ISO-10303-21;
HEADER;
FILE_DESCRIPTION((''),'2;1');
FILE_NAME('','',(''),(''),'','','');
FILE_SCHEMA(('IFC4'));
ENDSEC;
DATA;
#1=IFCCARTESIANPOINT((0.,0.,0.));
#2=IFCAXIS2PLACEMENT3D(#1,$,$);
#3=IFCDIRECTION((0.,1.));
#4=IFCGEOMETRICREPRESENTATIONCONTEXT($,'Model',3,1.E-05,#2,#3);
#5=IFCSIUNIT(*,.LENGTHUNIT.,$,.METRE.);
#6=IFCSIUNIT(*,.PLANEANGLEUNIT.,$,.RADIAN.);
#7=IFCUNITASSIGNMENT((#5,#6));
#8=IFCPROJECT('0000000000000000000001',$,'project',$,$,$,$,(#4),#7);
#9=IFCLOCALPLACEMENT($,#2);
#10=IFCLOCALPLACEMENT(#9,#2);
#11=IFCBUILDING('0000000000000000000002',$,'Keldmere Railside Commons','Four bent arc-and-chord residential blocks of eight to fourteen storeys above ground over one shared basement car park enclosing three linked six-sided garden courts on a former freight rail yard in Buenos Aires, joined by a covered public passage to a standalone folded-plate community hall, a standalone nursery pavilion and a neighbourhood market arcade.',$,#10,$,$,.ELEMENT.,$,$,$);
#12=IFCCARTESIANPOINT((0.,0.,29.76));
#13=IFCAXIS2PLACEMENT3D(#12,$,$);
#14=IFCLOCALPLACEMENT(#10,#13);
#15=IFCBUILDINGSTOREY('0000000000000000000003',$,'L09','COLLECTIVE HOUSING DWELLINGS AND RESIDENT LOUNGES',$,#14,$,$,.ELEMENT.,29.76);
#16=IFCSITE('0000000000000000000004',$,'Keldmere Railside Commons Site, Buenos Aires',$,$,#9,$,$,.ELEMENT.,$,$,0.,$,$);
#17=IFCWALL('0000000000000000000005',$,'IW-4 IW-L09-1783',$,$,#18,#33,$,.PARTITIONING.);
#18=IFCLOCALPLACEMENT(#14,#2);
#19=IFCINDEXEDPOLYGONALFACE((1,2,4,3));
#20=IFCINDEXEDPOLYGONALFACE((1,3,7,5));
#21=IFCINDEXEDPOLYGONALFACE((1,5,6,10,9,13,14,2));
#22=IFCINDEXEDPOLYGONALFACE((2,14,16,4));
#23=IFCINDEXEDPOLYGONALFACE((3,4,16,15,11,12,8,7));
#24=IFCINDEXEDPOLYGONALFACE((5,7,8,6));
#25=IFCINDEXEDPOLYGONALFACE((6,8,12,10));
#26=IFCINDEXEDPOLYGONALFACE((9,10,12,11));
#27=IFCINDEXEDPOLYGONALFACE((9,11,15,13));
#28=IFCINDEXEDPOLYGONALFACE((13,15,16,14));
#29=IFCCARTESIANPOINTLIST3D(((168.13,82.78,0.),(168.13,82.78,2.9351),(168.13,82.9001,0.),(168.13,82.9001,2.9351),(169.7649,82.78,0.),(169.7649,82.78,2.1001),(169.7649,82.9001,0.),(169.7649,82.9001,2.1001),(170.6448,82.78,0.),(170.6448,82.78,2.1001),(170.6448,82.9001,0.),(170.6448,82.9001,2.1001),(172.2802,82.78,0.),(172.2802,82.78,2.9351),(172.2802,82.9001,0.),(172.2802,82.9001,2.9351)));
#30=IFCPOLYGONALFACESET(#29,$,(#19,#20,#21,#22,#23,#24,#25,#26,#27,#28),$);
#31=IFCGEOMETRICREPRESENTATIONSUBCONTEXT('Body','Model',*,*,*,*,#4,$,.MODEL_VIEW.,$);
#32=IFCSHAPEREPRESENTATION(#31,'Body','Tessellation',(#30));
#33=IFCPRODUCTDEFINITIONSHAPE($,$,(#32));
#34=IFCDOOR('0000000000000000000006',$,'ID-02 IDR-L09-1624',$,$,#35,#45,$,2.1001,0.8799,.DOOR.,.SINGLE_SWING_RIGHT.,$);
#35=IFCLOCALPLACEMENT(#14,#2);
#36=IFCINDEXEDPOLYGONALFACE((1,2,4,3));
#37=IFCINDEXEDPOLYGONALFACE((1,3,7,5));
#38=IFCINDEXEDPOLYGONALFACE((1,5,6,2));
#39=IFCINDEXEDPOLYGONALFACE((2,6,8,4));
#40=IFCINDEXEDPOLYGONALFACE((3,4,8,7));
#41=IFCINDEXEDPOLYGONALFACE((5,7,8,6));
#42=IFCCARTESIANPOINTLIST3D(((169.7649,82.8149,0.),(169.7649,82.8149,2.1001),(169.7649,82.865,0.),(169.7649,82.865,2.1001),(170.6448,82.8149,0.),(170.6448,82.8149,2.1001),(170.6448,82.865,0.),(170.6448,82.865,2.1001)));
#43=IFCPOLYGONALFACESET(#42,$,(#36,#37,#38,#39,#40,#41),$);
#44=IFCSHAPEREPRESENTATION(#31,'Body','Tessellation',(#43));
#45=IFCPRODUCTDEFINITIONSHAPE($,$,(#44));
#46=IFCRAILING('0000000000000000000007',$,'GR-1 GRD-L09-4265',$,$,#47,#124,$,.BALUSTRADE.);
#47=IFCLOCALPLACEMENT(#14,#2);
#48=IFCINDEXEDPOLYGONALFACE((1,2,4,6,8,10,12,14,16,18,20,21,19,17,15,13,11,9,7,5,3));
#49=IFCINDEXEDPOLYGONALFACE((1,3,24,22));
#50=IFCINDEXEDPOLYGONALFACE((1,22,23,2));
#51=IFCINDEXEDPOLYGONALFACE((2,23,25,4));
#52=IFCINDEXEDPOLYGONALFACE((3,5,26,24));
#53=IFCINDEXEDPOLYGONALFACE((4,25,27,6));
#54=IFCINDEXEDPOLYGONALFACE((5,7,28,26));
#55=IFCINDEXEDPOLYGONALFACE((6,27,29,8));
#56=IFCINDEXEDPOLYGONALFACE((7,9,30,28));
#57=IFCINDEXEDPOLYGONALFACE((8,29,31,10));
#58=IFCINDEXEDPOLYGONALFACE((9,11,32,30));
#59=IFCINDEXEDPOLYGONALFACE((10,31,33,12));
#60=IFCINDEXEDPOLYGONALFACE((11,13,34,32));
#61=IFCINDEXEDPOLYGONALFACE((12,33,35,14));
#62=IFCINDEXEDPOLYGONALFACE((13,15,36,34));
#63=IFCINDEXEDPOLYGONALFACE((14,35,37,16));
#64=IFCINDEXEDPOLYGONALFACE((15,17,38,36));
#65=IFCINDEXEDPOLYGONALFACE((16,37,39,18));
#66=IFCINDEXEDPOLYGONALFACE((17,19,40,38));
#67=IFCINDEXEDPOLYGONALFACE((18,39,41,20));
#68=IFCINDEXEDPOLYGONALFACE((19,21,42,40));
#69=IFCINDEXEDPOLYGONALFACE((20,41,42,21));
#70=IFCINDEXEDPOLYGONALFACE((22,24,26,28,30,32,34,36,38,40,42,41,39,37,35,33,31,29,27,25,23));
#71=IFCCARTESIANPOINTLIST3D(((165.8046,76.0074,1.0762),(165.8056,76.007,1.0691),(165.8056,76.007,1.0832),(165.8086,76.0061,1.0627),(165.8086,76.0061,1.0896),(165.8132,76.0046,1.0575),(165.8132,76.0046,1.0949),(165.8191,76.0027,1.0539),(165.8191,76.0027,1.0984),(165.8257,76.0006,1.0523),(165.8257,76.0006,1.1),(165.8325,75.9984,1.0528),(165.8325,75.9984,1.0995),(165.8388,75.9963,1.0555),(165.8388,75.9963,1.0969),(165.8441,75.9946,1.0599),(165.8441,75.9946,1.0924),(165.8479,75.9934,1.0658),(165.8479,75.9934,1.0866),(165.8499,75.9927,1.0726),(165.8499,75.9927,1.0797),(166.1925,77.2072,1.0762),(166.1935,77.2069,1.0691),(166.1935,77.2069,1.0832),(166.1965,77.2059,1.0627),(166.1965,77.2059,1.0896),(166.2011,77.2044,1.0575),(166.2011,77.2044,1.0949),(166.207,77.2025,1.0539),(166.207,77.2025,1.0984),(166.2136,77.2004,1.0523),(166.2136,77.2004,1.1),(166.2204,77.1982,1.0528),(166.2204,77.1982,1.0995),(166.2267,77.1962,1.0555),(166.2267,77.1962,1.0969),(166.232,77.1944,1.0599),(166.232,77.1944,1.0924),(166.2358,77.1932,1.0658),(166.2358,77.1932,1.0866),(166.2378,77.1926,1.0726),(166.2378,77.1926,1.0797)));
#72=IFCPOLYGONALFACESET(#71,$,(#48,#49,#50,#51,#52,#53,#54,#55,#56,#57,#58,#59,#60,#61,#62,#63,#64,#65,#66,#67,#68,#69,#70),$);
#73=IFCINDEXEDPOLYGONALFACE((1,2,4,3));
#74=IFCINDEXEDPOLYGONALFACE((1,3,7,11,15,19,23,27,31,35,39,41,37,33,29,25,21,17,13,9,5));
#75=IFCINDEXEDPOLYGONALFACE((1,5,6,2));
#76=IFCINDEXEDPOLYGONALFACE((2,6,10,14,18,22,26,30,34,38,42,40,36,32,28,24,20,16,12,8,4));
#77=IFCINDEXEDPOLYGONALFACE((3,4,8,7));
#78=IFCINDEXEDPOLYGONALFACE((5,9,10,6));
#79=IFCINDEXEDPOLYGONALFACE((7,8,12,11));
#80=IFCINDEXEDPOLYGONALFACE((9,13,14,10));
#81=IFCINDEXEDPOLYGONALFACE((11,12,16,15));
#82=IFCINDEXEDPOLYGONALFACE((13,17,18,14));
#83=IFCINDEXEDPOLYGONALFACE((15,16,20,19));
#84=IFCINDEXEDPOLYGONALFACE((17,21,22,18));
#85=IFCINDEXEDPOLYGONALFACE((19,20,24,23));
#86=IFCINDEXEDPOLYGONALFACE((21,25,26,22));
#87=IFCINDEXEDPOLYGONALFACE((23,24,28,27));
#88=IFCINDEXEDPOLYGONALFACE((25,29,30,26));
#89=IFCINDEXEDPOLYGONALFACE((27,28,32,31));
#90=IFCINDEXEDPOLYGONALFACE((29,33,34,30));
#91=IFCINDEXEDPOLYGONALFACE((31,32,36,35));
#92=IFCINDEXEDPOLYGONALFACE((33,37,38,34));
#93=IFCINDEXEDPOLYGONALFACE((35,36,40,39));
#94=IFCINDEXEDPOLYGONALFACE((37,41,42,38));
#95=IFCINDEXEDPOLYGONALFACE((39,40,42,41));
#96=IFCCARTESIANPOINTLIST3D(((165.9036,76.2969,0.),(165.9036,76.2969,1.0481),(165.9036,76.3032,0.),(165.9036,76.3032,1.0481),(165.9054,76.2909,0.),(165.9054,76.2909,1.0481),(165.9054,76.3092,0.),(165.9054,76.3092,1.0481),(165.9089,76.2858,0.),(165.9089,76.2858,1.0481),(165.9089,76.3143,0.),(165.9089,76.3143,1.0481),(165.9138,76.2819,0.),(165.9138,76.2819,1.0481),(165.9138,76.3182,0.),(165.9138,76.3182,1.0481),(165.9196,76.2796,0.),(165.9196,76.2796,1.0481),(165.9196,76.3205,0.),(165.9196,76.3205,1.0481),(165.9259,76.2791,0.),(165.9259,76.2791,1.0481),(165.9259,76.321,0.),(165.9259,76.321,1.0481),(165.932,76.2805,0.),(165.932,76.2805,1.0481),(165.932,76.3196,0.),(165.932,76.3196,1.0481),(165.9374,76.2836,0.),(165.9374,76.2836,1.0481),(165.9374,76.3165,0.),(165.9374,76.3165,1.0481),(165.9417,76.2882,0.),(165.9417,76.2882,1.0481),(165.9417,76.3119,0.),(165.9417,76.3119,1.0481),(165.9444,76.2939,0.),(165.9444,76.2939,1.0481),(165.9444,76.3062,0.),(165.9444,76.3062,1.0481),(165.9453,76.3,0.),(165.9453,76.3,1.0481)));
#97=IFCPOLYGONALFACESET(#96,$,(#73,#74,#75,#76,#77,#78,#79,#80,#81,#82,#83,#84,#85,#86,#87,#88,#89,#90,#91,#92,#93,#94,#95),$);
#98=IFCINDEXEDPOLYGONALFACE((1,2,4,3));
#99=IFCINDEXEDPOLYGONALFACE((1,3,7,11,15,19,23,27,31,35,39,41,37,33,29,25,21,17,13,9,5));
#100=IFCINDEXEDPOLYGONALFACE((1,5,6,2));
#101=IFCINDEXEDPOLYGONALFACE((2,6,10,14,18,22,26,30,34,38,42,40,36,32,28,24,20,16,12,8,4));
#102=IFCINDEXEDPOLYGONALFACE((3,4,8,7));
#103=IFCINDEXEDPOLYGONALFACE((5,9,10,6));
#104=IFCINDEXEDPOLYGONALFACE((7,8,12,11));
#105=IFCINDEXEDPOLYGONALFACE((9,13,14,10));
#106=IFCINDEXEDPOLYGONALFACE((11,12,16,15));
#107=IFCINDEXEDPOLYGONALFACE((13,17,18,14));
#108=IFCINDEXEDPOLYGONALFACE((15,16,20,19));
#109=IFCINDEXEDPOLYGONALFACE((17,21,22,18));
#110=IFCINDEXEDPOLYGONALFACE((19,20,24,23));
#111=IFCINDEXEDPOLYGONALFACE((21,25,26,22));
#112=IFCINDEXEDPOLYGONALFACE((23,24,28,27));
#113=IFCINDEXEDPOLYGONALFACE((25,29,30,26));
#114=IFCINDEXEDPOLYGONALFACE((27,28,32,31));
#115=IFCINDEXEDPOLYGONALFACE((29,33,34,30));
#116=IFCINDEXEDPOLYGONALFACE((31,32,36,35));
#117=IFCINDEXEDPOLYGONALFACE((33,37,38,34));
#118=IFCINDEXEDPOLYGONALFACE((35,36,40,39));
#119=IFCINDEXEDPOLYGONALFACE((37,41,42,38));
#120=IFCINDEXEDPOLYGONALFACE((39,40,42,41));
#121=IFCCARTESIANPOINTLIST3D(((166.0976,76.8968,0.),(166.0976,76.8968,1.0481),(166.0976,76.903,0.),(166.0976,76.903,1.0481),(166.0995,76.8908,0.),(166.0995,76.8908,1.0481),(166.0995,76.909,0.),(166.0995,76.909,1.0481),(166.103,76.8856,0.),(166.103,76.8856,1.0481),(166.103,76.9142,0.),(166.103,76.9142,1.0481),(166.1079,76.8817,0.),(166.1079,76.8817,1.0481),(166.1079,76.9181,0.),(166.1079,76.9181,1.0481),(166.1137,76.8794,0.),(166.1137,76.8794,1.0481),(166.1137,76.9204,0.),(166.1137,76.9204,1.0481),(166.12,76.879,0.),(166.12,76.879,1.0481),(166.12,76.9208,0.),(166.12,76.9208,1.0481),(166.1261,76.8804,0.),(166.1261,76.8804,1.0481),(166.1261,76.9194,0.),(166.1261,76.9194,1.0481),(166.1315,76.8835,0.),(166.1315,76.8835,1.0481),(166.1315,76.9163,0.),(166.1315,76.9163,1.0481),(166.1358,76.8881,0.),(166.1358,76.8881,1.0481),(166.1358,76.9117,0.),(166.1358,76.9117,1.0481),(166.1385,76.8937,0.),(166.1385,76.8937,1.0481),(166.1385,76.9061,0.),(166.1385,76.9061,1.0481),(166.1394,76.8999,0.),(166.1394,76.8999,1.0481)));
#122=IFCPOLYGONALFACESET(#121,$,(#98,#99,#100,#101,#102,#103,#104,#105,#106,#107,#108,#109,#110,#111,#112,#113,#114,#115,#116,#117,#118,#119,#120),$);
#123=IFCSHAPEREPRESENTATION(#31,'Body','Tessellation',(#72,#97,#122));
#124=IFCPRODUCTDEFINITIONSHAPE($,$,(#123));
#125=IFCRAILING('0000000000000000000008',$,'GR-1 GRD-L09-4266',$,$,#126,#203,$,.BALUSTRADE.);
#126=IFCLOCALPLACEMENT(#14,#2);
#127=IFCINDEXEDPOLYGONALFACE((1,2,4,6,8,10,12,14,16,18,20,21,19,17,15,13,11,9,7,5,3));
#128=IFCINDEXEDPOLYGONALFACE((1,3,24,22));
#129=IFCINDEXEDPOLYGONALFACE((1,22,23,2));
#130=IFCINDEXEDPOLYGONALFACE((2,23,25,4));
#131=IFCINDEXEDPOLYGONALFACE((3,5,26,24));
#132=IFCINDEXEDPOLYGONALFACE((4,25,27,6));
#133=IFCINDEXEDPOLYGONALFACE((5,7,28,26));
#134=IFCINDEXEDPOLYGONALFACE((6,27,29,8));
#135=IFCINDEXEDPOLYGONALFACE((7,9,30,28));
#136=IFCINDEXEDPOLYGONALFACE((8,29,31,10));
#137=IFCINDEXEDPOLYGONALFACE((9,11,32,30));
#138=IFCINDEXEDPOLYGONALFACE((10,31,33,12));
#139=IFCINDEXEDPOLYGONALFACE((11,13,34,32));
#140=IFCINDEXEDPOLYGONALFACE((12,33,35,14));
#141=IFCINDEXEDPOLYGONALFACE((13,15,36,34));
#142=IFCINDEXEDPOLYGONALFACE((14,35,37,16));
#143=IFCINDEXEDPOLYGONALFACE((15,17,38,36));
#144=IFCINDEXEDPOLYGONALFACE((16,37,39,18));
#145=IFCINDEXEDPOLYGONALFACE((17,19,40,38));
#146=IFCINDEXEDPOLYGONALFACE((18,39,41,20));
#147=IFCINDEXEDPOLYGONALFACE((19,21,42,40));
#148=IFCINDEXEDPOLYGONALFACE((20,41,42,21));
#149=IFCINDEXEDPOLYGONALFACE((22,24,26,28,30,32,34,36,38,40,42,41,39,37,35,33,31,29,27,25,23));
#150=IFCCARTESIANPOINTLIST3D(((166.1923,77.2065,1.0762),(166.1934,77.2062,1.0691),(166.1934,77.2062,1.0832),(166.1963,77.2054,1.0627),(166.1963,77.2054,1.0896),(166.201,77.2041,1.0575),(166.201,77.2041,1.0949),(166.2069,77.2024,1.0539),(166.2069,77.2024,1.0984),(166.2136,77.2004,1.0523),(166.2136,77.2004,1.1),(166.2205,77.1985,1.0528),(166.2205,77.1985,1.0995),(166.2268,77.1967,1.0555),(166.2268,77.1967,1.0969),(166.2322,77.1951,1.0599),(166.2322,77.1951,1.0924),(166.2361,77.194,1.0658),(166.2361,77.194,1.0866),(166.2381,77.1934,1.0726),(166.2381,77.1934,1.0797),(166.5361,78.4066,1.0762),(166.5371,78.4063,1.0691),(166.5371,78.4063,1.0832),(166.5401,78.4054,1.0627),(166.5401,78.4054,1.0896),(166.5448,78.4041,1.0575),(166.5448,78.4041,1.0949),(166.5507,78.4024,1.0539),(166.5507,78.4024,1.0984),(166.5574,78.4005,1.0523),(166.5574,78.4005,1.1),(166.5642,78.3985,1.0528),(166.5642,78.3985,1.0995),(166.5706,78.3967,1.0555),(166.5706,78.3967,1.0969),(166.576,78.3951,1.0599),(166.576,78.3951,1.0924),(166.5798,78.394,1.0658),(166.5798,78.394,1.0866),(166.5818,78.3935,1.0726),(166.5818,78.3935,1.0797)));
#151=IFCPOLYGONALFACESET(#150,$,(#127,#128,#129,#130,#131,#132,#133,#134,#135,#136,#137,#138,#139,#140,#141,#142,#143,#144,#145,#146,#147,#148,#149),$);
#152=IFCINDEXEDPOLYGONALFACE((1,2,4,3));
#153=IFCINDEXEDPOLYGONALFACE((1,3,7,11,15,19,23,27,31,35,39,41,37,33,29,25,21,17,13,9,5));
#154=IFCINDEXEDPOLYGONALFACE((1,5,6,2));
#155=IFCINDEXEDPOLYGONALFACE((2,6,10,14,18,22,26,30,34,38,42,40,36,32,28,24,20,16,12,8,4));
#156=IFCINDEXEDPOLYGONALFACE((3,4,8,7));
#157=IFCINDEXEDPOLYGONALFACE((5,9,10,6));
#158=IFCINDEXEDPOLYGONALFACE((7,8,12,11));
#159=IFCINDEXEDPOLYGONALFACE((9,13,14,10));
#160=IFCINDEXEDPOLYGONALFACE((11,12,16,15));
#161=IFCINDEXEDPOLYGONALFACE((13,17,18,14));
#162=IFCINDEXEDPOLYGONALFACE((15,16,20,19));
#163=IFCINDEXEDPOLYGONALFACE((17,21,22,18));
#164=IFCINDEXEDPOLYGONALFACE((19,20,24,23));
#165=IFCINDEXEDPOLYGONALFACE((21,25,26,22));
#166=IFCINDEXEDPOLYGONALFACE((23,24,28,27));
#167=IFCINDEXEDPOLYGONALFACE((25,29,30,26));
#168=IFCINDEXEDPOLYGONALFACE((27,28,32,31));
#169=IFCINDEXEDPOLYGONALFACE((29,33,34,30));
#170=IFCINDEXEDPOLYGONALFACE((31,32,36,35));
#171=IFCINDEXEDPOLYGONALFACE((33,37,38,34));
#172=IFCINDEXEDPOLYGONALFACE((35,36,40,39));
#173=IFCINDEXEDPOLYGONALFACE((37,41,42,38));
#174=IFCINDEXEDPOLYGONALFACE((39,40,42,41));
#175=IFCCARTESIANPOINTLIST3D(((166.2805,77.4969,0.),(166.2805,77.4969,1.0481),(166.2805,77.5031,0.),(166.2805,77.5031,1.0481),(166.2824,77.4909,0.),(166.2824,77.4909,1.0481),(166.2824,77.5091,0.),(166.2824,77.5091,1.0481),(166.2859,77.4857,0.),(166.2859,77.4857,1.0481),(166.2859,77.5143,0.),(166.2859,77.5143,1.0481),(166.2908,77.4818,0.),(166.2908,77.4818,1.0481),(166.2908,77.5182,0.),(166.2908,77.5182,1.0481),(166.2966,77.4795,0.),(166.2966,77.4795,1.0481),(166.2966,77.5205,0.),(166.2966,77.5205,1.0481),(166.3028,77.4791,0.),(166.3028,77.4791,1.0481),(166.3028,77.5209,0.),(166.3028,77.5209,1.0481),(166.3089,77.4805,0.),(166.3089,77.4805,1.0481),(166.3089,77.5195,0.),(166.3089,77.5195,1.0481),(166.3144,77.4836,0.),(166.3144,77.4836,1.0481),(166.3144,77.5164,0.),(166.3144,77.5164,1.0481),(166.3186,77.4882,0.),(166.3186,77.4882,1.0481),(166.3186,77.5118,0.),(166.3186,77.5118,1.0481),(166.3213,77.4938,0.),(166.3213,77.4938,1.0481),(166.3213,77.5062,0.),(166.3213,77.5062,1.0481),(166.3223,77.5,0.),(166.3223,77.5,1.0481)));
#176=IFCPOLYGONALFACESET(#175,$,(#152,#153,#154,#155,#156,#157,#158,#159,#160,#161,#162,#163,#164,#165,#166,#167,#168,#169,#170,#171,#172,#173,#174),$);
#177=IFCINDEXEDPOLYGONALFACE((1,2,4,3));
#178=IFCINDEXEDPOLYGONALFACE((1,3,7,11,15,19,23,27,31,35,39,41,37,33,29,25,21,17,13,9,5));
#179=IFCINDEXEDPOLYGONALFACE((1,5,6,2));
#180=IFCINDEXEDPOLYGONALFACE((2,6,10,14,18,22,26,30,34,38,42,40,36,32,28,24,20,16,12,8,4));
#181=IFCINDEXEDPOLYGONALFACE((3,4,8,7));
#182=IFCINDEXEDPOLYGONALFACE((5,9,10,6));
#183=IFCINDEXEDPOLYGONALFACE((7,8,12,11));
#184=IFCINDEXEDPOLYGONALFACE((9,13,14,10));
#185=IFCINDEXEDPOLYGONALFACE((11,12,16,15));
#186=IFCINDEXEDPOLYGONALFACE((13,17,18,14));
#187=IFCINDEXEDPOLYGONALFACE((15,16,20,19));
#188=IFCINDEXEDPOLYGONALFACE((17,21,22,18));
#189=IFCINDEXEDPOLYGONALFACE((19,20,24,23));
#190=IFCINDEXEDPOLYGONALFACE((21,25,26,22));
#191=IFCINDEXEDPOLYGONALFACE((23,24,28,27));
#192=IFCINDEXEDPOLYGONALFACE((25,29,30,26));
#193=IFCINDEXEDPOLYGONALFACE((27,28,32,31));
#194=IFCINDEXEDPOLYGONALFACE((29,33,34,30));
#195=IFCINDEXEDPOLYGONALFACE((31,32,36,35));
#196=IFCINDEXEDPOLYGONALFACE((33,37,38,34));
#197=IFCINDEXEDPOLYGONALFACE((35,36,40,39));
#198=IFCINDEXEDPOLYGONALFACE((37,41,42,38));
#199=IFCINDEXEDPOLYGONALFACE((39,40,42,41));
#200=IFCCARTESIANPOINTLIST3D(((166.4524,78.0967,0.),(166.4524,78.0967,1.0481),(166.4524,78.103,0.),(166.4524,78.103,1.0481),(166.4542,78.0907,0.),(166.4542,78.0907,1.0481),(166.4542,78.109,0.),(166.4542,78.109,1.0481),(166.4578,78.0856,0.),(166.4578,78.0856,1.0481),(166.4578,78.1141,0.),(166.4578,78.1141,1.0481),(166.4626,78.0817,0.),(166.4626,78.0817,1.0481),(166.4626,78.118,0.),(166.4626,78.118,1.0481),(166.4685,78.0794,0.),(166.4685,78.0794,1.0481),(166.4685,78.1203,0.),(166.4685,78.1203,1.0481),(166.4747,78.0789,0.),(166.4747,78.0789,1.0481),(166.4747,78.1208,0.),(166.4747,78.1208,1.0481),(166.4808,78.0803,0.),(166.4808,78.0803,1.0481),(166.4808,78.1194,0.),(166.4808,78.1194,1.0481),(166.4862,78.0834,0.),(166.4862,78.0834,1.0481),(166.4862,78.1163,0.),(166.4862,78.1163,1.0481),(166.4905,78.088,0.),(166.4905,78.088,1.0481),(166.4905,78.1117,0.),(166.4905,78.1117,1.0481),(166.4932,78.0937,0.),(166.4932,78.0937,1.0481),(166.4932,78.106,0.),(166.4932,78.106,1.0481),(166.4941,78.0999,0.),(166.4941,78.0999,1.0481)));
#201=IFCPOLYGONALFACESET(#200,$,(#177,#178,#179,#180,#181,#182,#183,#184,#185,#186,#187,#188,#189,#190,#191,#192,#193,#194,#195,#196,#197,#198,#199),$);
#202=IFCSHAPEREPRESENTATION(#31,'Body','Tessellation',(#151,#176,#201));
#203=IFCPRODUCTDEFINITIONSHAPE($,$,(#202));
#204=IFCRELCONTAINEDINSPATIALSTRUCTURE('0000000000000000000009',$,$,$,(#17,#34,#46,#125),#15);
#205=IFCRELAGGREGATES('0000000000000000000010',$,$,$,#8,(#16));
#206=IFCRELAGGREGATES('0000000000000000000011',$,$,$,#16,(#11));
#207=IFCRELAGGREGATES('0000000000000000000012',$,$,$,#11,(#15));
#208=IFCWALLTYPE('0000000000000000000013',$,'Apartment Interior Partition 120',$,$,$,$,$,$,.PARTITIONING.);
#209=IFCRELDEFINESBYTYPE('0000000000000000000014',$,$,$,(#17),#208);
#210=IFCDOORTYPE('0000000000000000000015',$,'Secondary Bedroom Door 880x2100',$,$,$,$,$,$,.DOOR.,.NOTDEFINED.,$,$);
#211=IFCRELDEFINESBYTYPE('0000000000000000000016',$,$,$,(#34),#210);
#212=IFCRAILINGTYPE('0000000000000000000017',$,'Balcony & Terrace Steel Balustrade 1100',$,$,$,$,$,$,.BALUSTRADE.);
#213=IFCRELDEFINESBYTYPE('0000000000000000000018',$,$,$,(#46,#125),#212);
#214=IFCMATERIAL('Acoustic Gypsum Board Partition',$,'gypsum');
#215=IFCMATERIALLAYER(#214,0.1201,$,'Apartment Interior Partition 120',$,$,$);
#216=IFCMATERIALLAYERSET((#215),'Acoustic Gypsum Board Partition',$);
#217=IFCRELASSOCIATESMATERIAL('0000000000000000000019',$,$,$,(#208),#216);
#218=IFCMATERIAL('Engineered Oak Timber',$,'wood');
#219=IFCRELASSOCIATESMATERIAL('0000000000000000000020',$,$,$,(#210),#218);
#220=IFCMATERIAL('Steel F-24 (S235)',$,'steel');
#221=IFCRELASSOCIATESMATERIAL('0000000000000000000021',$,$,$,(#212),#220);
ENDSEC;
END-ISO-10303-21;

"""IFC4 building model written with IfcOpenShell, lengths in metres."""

from ifc_helpers import new_model, si_unit, direction, frame, frame_2d, origin, origin_2d, place, context, subcontext, project, spatial, rectangle, circle, extrude, material, layer, layer_set, type_object, element, fill, save


model = new_model("IFC4")

# Units and contexts
model_context = context("Model", 3, precision=1e-05, world=origin(), true_north=direction((0.0, 1.0)))
body_context = subcontext(model_context, "Body", "Model", "MODEL_VIEW")
ifc_project = project(units=[si_unit("LENGTHUNIT", "METRE"), si_unit("PLANEANGLEUNIT", "RADIAN")], contexts=[model_context])

# Site, building, storey
site_placement = place(None, origin())
site = spatial("IfcSite", under=ifc_project, at=site_placement, Name="Keldmere Railside Commons Site, Buenos Aires", CompositionType="ELEMENT", RefElevation=0.0)
building_placement = place(site_placement, origin())
building = spatial("IfcBuilding", under=site, at=building_placement, Name="Keldmere Railside Commons", Description="Four bent arc-and-chord residential blocks of eight to fourteen storeys above ground over one shared basement car park enclosing three linked six-sided garden courts on a former freight rail yard in Buenos Aires, joined by a covered public passage to a standalone folded-plate community hall, a standalone nursery pavilion and a neighbourhood market arcade.", CompositionType="ELEMENT")
storey_placement = place(building_placement, frame((0.0, 0.0, 29.76)))
storey = spatial("IfcBuildingStorey", under=building, at=storey_placement, Name="L09", Description="COLLECTIVE HOUSING DWELLINGS AND RESIDENT LOUNGES", CompositionType="ELEMENT", Elevation=29.76)

# Shared definitions
ifc_material_1 = material(Name="Acoustic Gypsum Board Partition", Category="gypsum")

# Wall, opening, door
ifc_layer_1 = layer(ifc_material_1, 0.1201, Name="Apartment Interior Partition 120")
ifc_layer_set_1 = layer_set([ifc_layer_1], Name="Acoustic Gypsum Board Partition")
wall_type_1 = type_object("IfcWallType", Name="Apartment Interior Partition 120", PredefinedType="PARTITIONING", material=ifc_layer_set_1)
ifc_material_2 = material(Name="Engineered Oak Timber", Category="wood")
wall_1_placement = place(storey_placement, frame((168.1299, 82.8401, 0.0), z_axis=(0.0, 0.0, 1.0), x_axis=(1.0, 0.0, 0.0)))
wall_1 = element("IfcWall", 1, at=wall_1_placement, inside=storey, type_object=wall_type_1, Name="IW-4 IW-L09-1783", PredefinedType="PARTITIONING", context=body_context, shape_type="SweptSolid", body=[
    extrude(rectangle(XDim=4.1501, YDim=0.1201, at=frame_2d((2.0752, 0.0))), origin(), (0.0, 0.0, 1.0), 2.9351),
])
opening_1_placement = place(wall_1_placement, frame((1.635, 0.0, 0.0)))
opening_1 = element("IfcOpeningElement", 2, at=opening_1_placement, cuts=wall_1, PredefinedType="OPENING", context=body_context, shape_type="SweptSolid", body=[
    extrude(rectangle(XDim=0.8799, YDim=2.1001, at=frame_2d((0.4399, 1.05))), frame((0.0, 0.0701, 0.0), z_axis=(0.0, -1.0, 0.0), x_axis=(1.0, 0.0, 0.0)), (0.0, 0.0, 1.0), 0.1401),
])
door_type_1 = type_object("IfcDoorType", Name="Secondary Bedroom Door 880x2100", OperationType="NOTDEFINED", PredefinedType="DOOR", material=ifc_material_2)
door_1_placement = place(opening_1_placement, origin())
door_1 = element("IfcDoor", 3, at=door_1_placement, inside=storey, type_object=door_type_1, Name="ID-02 IDR-L09-1624", OperationType="SINGLE_SWING_RIGHT", OverallHeight=2.1001, OverallWidth=0.8799, PredefinedType="DOOR", context=body_context, shape_type="SweptSolid", body=[
    extrude(rectangle(XDim=0.8799, YDim=2.1001, at=frame_2d((0.4399, 1.05))), frame((0.0, 0.0249, 0.0), z_axis=(0.0, -1.0, 0.0), x_axis=(1.0, 0.0, 0.0)), (0.0, 0.0, 1.0), 0.05),
])
fill(opening_1, door_1)

# Railings
ifc_material_3 = material(Name="Steel F-24 (S235)", Category="steel")
railing_type = type_object("IfcRailingType", Name="Balcony & Terrace Steel Balustrade 1100", PredefinedType="BALUSTRADE", material=ifc_material_3)
railing_1_placement = place(storey_placement, frame((165.8274, 76.0, 0.0)))
element("IfcRailing", 4, at=railing_1_placement, inside=storey, type_object=railing_type, Name="GR-1 GRD-L09-4265", PredefinedType="BALUSTRADE", context=body_context, shape_type="SweptSolid", body=[
    extrude(circle(Radius=0.0239, at=origin_2d()), frame((0.0, 0.0, 1.0762), z_axis=(0.307619, 0.95151, 0.0), x_axis=(-0.95151, 0.307619, 0.0)), (0.0, 0.0, 1.0), 1.261),
    extrude(circle(Radius=0.021, at=origin_2d()), frame((0.0969, 0.3, 0.0)), (0.0, 0.0, 1.0), 1.0481),
    extrude(circle(Radius=0.021, at=origin_2d()), frame((0.291, 0.8999, 0.0)), (0.0, 0.0, 1.0), 1.0481),
])
railing_2_placement = place(storey_placement, frame((166.2153, 77.2, 0.0)))
element("IfcRailing", 5, at=railing_2_placement, inside=storey, type_object=railing_type, Name="GR-1 GRD-L09-4266", PredefinedType="BALUSTRADE", context=body_context, shape_type="SweptSolid", body=[
    extrude(circle(Radius=0.0239, at=origin_2d()), frame((0.0, 0.0, 1.0762), z_axis=(0.275393, 0.961332, 0.0), x_axis=(-0.961332, 0.275393, 0.0)), (0.0, 0.0, 1.0), 1.2483),
    extrude(circle(Radius=0.021, at=origin_2d()), frame((0.0859, 0.3, 0.0)), (0.0, 0.0, 1.0), 1.0481),
    extrude(circle(Radius=0.021, at=origin_2d()), frame((0.2578, 0.8999, 0.0)), (0.0, 0.0, 1.0), 1.0481),
])

save(model, "model.ifc")
